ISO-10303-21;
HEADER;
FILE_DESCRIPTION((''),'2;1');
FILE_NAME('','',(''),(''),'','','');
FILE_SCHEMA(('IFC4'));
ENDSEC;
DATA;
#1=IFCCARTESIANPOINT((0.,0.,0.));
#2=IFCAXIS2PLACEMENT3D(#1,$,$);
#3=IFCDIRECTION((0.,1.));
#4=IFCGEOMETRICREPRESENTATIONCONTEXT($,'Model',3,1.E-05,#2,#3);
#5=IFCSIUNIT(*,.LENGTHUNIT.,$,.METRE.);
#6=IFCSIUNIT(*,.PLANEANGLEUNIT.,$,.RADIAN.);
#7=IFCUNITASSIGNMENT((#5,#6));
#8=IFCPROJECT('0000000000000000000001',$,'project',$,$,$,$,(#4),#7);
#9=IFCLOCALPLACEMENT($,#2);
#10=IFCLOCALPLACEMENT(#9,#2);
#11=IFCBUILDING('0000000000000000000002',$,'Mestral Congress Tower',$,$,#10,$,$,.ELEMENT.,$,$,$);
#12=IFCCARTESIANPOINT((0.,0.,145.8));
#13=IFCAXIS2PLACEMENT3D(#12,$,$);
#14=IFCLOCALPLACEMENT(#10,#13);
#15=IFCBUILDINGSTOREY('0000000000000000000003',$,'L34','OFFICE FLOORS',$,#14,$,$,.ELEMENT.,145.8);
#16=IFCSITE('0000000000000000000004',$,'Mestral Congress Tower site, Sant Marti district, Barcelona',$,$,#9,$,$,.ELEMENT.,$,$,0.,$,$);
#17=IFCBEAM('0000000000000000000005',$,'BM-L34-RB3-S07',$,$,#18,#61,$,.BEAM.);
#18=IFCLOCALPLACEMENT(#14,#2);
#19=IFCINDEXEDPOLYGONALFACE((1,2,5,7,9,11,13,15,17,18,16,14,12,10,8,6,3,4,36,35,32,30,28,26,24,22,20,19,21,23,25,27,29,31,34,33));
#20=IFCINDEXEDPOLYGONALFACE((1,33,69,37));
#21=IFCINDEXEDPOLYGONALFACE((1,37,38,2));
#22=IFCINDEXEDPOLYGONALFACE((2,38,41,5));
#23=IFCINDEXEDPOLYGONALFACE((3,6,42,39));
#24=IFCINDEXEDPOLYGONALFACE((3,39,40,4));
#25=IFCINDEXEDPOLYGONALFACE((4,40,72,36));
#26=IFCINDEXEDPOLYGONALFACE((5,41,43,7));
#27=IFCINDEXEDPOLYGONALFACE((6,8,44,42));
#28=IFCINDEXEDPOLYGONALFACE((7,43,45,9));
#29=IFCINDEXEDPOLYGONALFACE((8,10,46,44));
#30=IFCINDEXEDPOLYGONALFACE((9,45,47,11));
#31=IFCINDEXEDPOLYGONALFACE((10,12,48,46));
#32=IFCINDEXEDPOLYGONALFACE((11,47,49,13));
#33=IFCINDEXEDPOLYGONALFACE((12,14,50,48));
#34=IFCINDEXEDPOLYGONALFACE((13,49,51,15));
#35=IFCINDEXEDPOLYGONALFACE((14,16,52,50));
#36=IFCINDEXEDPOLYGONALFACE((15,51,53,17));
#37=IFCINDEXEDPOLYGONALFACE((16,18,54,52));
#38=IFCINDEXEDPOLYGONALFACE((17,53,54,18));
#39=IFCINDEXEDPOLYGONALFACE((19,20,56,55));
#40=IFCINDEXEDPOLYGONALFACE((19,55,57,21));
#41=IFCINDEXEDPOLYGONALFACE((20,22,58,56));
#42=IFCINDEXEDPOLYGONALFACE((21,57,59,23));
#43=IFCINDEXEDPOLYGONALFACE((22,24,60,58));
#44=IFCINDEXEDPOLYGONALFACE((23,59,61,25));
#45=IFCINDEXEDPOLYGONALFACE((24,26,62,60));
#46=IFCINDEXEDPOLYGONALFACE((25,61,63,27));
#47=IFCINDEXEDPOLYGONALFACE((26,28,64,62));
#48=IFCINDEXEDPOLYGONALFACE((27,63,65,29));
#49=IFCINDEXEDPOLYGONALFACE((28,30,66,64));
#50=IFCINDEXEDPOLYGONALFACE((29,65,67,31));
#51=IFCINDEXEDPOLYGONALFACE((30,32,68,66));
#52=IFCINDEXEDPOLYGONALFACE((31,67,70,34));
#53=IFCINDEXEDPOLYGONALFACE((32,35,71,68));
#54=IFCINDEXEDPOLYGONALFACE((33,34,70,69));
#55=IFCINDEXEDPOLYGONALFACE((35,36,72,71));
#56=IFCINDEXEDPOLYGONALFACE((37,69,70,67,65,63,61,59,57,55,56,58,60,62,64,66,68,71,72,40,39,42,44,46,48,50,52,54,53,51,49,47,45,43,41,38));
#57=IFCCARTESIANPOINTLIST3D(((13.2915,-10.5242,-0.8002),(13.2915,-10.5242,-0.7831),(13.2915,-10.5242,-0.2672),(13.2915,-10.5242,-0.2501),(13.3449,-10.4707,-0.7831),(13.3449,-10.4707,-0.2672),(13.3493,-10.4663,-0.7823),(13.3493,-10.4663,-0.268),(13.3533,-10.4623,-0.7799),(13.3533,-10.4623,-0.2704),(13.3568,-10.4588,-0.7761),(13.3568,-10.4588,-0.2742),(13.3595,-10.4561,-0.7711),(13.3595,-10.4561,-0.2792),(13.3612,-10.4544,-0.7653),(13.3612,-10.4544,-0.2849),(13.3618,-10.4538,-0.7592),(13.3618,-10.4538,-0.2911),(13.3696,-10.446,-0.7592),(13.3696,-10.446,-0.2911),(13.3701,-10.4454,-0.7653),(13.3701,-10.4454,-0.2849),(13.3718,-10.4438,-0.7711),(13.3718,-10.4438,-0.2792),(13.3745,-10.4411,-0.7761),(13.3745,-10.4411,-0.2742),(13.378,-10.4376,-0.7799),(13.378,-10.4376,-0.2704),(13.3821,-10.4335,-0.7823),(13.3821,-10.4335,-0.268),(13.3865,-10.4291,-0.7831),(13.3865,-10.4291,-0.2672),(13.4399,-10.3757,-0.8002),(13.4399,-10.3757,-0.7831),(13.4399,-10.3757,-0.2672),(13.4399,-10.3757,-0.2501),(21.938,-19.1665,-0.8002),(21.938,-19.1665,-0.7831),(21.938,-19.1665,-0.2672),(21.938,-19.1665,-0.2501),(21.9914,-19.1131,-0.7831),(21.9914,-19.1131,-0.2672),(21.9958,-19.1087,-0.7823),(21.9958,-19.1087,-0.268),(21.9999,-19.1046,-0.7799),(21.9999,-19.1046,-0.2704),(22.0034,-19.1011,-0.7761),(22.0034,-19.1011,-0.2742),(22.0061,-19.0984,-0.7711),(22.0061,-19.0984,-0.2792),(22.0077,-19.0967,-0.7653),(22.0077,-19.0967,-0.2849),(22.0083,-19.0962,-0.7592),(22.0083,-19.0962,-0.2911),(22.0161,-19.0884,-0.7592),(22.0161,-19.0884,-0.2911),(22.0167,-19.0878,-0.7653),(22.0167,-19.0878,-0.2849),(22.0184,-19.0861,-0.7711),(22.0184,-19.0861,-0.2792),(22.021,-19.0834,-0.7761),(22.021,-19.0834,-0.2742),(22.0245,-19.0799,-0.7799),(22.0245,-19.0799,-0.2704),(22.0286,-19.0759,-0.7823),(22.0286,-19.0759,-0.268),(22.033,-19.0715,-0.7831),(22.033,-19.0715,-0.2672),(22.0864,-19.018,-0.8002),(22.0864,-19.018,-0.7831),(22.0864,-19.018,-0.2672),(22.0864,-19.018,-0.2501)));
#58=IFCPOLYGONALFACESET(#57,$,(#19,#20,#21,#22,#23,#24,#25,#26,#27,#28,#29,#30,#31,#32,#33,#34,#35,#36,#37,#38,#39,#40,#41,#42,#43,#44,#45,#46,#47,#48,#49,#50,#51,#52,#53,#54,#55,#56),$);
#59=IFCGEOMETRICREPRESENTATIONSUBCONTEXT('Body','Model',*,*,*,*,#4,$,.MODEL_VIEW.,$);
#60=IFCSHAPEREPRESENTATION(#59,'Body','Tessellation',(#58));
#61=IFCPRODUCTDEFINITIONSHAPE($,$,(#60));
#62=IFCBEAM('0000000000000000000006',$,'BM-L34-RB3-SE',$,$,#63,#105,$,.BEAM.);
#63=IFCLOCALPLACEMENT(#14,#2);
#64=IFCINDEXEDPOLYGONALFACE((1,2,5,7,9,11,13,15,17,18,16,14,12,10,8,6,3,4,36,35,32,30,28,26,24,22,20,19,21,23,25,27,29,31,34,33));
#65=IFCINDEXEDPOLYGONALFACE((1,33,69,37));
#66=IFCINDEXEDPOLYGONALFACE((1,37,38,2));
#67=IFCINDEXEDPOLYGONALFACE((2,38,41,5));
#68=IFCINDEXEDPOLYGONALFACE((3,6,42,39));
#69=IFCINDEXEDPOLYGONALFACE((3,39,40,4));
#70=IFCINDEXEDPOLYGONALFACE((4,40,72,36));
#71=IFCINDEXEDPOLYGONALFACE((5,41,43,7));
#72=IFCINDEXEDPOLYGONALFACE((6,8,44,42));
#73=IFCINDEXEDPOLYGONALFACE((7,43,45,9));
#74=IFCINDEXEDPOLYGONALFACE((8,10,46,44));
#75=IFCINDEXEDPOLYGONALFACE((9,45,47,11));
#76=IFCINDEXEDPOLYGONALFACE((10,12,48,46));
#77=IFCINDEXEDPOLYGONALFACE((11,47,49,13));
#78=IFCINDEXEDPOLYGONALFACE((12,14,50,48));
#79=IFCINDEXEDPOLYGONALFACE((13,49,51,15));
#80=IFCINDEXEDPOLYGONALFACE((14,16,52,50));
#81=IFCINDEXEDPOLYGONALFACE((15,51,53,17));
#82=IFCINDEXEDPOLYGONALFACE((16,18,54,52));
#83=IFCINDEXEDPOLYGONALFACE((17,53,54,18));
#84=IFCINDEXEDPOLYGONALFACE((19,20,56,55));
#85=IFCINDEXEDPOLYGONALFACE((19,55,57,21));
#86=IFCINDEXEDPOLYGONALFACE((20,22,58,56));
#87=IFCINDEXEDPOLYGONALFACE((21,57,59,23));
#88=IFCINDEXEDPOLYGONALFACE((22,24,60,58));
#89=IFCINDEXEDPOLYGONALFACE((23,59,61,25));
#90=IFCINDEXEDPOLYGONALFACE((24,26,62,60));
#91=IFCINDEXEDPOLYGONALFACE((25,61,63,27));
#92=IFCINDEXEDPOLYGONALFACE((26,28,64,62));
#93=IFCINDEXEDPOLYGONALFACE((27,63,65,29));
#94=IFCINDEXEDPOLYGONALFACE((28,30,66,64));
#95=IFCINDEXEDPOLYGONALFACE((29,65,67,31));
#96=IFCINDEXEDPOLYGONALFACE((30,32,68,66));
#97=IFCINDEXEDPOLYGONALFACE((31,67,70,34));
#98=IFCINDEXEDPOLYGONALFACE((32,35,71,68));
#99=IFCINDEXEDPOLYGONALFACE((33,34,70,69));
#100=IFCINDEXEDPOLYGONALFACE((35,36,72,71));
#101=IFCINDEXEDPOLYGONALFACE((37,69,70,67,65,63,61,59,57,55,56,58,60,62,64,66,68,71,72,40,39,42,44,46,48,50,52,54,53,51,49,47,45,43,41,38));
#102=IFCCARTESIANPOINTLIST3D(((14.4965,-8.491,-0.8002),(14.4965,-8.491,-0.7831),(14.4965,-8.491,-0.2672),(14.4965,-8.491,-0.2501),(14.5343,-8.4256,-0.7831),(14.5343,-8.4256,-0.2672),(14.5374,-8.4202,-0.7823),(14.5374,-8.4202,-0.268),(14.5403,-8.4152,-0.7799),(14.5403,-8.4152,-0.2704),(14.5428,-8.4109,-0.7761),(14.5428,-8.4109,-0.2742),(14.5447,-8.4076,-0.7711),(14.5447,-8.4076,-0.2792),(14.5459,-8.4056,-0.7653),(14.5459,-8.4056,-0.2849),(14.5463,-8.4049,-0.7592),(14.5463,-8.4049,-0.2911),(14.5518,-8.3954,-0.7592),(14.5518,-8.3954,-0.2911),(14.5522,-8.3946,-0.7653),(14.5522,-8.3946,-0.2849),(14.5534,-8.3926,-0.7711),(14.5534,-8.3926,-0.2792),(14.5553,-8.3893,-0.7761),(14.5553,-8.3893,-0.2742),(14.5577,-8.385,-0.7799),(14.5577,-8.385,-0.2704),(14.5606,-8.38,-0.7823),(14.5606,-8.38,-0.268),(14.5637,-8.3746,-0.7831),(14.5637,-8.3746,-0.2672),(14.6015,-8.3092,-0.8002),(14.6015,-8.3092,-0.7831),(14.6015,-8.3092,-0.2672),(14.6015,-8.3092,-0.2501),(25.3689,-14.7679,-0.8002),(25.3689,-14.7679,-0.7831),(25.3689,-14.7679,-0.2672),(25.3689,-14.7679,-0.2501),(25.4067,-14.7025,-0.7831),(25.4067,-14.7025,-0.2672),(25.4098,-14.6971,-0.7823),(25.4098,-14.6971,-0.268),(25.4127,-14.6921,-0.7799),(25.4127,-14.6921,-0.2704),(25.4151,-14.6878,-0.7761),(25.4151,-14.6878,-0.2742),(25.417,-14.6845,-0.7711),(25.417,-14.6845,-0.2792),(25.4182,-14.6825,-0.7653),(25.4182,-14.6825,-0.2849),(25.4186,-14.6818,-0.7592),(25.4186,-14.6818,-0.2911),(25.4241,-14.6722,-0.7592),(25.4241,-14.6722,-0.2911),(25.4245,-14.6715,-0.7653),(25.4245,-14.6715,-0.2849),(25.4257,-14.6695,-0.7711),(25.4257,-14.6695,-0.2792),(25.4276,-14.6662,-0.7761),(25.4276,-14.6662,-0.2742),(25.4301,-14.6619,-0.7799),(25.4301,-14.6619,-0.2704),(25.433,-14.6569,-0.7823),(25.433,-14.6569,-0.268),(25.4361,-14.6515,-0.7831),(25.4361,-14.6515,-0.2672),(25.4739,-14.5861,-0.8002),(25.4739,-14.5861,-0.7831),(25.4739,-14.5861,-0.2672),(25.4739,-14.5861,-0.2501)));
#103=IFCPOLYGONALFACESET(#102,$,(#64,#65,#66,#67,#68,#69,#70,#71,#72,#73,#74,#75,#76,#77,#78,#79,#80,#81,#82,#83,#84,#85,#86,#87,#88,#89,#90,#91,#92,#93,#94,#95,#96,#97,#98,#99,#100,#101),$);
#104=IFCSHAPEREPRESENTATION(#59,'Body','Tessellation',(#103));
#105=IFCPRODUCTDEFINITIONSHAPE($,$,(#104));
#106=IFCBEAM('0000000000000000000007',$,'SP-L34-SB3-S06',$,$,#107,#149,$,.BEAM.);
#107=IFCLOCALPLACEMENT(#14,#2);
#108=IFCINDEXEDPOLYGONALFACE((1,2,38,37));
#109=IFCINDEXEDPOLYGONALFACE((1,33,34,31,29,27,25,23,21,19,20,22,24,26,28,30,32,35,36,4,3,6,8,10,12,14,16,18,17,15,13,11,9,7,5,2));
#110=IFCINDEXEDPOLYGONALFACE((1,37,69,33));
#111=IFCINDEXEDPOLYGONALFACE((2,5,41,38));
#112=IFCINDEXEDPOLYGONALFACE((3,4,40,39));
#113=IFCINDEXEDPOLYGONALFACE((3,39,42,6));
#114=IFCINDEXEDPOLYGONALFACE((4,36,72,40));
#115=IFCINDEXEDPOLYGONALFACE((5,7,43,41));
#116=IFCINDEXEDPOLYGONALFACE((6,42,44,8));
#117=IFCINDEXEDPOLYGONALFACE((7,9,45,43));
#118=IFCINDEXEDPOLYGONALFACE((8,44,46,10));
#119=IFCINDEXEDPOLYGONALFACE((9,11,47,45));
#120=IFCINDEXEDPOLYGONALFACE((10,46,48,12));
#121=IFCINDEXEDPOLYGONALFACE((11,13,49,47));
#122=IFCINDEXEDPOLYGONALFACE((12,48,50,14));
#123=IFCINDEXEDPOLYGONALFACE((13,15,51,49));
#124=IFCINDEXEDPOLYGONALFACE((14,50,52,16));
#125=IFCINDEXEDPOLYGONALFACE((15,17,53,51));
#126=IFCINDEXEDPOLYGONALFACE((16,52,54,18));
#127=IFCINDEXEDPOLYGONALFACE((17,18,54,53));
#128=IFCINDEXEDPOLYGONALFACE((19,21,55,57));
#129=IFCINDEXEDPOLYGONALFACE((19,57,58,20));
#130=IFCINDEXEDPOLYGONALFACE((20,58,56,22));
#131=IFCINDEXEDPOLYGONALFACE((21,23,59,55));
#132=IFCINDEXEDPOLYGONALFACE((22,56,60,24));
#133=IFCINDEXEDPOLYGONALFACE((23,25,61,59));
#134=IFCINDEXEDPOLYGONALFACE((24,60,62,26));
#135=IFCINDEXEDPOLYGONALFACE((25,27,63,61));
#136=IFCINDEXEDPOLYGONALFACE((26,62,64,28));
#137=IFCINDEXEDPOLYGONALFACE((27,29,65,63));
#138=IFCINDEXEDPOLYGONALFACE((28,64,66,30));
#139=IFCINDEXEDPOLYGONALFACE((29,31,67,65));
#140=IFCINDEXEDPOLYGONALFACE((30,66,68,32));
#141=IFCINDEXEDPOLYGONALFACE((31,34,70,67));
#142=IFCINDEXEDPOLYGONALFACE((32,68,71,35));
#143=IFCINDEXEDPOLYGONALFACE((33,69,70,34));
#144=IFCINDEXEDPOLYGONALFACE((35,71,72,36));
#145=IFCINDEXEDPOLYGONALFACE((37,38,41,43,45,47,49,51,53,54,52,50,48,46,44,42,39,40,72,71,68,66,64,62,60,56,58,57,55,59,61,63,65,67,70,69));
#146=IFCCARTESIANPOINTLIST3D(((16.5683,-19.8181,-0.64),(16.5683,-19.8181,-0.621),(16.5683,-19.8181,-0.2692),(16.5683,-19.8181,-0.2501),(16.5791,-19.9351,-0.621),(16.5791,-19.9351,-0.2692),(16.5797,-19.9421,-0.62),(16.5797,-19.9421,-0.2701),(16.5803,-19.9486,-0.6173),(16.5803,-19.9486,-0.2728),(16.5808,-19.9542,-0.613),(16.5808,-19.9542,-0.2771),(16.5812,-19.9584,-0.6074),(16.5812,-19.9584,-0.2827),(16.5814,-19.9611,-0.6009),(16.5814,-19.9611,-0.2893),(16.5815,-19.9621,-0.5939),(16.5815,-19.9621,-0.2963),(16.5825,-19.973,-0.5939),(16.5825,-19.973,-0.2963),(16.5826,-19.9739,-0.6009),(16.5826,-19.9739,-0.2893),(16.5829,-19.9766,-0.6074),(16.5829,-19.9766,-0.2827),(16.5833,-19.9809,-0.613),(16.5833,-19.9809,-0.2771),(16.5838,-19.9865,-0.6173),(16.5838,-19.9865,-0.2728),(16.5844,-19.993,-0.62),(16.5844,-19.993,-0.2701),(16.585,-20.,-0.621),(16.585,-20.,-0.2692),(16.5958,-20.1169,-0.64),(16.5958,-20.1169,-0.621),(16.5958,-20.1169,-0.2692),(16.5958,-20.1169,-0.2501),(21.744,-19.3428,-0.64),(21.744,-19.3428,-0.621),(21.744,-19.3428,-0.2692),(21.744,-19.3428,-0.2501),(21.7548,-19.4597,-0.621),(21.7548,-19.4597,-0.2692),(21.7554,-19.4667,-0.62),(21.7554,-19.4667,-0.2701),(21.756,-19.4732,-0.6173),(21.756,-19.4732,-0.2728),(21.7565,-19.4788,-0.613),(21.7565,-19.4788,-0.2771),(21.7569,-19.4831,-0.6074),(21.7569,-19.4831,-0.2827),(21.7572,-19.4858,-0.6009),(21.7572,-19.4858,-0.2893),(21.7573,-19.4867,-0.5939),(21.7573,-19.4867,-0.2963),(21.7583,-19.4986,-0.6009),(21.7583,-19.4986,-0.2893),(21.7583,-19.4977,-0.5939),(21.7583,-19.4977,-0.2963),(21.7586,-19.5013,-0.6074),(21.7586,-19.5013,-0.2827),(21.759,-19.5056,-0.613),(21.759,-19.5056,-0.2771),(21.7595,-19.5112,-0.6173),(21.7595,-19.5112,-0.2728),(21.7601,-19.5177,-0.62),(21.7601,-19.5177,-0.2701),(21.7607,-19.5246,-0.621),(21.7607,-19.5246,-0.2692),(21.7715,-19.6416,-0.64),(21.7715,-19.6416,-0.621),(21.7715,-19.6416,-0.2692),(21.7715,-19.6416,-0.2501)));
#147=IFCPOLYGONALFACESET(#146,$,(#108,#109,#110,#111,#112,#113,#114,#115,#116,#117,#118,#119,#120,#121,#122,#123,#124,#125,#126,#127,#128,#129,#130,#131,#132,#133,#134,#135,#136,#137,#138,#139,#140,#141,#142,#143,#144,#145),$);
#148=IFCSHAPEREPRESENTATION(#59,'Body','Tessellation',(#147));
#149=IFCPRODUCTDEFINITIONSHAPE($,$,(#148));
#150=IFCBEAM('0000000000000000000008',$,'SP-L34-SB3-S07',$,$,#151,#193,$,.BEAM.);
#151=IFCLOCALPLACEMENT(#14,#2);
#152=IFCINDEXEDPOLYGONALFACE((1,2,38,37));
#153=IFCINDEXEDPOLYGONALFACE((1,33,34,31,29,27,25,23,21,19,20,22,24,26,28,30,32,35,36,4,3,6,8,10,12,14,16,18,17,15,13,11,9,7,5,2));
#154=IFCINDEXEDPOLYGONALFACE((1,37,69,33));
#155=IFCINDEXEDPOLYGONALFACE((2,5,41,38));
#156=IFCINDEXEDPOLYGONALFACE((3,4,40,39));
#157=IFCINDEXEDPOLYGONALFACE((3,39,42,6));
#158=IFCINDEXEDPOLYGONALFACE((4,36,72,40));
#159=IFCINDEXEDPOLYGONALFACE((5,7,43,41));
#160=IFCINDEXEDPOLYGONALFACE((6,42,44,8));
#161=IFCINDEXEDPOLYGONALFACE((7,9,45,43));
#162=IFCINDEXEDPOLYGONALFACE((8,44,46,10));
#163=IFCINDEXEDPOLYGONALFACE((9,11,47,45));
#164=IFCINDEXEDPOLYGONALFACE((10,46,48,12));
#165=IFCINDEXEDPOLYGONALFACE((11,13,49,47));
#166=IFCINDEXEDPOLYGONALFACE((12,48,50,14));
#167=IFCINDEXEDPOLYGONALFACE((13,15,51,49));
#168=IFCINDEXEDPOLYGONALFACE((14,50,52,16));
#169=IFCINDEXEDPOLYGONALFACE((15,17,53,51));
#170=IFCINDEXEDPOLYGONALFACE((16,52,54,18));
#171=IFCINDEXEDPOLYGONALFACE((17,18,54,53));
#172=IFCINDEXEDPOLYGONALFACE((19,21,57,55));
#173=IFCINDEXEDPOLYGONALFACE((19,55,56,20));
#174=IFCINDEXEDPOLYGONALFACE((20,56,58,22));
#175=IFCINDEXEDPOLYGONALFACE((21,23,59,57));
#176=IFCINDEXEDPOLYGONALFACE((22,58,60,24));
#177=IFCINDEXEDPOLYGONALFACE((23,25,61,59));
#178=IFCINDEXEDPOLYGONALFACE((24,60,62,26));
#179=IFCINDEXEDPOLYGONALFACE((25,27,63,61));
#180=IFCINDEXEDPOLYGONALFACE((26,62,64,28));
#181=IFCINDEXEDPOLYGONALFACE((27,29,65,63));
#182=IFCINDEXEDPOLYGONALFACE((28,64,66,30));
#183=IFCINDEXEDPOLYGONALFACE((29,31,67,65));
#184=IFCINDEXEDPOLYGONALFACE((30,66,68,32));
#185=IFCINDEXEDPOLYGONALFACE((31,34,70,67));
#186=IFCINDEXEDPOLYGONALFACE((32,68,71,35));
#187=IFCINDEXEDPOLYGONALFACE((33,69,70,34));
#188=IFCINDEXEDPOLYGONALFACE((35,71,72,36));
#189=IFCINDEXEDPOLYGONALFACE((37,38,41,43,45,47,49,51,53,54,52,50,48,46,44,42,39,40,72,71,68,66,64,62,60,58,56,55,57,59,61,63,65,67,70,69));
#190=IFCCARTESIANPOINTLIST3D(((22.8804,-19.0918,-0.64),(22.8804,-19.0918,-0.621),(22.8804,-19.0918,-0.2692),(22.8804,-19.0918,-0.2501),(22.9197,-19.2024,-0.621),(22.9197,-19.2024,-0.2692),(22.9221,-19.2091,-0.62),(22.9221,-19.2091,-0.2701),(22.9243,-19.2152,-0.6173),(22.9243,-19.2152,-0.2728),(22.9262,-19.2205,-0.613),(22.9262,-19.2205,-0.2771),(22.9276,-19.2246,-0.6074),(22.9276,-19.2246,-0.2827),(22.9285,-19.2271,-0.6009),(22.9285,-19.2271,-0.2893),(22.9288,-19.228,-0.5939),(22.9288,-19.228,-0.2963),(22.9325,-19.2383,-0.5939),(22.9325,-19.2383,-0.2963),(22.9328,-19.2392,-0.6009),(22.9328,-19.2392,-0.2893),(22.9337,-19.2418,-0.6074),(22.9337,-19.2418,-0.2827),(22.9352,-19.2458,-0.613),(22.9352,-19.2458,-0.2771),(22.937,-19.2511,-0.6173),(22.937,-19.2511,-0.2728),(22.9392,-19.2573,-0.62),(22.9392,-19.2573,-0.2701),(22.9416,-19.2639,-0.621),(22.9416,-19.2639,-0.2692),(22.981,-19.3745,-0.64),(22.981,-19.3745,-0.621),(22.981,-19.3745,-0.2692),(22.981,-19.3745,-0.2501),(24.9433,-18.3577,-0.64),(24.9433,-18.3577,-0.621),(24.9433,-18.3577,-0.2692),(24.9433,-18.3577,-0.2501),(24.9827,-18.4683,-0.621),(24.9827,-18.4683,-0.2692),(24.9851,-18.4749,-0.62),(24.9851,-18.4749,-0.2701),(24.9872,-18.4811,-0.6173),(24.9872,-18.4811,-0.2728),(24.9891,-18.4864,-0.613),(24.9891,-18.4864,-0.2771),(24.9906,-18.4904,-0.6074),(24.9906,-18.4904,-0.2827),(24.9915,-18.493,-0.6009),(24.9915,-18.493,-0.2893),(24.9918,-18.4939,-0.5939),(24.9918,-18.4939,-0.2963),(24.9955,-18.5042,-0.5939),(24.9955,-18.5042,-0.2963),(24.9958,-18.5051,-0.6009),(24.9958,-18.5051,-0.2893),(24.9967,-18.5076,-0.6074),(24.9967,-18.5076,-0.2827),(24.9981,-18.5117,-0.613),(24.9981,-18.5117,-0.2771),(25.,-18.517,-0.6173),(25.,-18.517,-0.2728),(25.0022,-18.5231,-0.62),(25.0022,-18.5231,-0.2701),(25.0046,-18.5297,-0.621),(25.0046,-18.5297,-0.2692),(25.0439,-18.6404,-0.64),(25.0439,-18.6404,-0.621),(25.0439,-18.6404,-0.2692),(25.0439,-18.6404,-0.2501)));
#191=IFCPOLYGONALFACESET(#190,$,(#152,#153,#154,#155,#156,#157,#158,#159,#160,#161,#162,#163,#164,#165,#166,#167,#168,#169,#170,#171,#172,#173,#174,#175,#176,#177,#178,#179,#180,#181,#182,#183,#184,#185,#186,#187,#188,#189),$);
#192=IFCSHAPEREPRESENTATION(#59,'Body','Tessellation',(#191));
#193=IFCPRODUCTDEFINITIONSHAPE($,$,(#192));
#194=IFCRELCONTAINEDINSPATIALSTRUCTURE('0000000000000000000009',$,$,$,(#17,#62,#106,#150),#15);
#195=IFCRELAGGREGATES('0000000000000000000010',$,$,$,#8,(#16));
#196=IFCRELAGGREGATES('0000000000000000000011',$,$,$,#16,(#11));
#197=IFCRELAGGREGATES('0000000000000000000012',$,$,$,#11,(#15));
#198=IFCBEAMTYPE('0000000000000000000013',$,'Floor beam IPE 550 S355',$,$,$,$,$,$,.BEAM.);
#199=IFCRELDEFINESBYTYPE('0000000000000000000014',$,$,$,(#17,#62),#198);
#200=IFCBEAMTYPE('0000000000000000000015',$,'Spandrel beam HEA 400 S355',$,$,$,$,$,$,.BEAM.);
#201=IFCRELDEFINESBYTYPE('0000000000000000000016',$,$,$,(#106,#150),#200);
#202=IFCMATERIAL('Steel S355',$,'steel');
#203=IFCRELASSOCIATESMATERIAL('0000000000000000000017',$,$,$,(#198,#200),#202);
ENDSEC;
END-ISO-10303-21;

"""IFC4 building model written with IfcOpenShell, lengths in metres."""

from ifc_helpers import new_model, si_unit, direction, frame, origin, origin_2d, place, context, subcontext, project, spatial, i_section, extrude, material, material_profile, profile_set, type_object, element, save


model = new_model("IFC4")

# Units and contexts
model_context = context("Model", 3, precision=1e-05, world=origin(), true_north=direction((0.0, 1.0)))
body_context = subcontext(model_context, "Body", "Model", "MODEL_VIEW")
ifc_project = project(units=[si_unit("LENGTHUNIT", "METRE"), si_unit("PLANEANGLEUNIT", "RADIAN")], contexts=[model_context])

# Site, building, storey
site_placement = place(None, origin())
site = spatial("IfcSite", under=ifc_project, at=site_placement, Name="Mestral Congress Tower site, Sant Marti district, Barcelona", CompositionType="ELEMENT", RefElevation=0.0)
building_placement = place(site_placement, origin())
building = spatial("IfcBuilding", under=site, at=building_placement, Name="Mestral Congress Tower", CompositionType="ELEMENT")
storey_placement = place(building_placement, frame((0.0, 0.0, 145.8)))
storey = spatial("IfcBuildingStorey", under=building, at=storey_placement, Name="L34", Description="OFFICE FLOORS", CompositionType="ELEMENT", Elevation=145.8)

# Beams
ifc_material_1 = material(Name="Steel S355", Category="steel")
ifc_material_profile_1 = material_profile(ifc_material_1, i_section(OverallWidth=0.21, OverallDepth=0.55, WebThickness=0.011, FlangeThickness=0.0171, FilletRadius=0.0239, at=origin_2d()), Name="IPE 550")
ifc_profile_set_1 = profile_set([ifc_material_profile_1], Name="Steel S355")
beam_type_1 = type_object("IfcBeamType", Name="Floor beam IPE 550 S355", PredefinedType="BEAM", material=ifc_profile_set_1)
beam_1_placement = place(storey_placement, frame((22.0122, -19.0923, -0.5251), z_axis=(-0.707277, 0.706937, 0.0), x_axis=(-0.706937, -0.707277, 0.0)))
element("IfcBeam", 1, at=beam_1_placement, inside=storey, type_object=beam_type_1, Name="BM-L34-RB3-S07", PredefinedType="BEAM", context=body_context, shape_type="SweptSolid", body=[
    extrude(i_section(OverallWidth=0.21, OverallDepth=0.55, WebThickness=0.011, FlangeThickness=0.0171, FilletRadius=0.0239, at=origin_2d()), origin(), (0.0, 0.0, 1.0), 12.2251),
])
beam_2_placement = place(storey_placement, frame((25.4214, -14.677, -0.5251), z_axis=(-0.866035, 0.499983, 0.0), x_axis=(-0.499983, -0.866035, 0.0)))
element("IfcBeam", 2, at=beam_2_placement, inside=storey, type_object=beam_type_1, Name="BM-L34-RB3-SE", PredefinedType="BEAM", context=body_context, shape_type="SweptSolid", body=[
    extrude(i_section(OverallWidth=0.21, OverallDepth=0.55, WebThickness=0.011, FlangeThickness=0.0171, FilletRadius=0.0239, at=origin_2d()), origin(), (0.0, 0.0, 1.0), 12.5542),
])
ifc_material_profile_2 = material_profile(ifc_material_1, i_section(OverallWidth=0.3, OverallDepth=0.3899, WebThickness=0.011, FlangeThickness=0.019, FilletRadius=0.0271, at=origin_2d()), Name="HEA 400")
ifc_profile_set_2 = profile_set([ifc_material_profile_2], Name="Steel S355")
beam_type_2 = type_object("IfcBeamType", Name="Spandrel beam HEA 400 S355", PredefinedType="BEAM", material=ifc_profile_set_2)
beam_3_placement = place(storey_placement, frame((16.582, -19.9675, -0.4451), z_axis=(0.995809, 0.091455, 0.0), x_axis=(-0.091455, 0.995809, 0.0)))
element("IfcBeam", 3, at=beam_3_placement, inside=storey, type_object=beam_type_2, Name="SP-L34-SB3-S06", PredefinedType="BEAM", context=body_context, shape_type="SweptSolid", body=[
    extrude(i_section(OverallWidth=0.3, OverallDepth=0.3899, WebThickness=0.011, FlangeThickness=0.019, FilletRadius=0.0271, at=origin_2d()), origin(), (0.0, 0.0, 1.0), 5.1975),
])
beam_4_placement = place(storey_placement, frame((22.9307, -19.2332, -0.4451), z_axis=(0.942125, 0.335263, 0.0), x_axis=(-0.335263, 0.942125, 0.0)))
element("IfcBeam", 4, at=beam_4_placement, inside=storey, type_object=beam_type_2, Name="SP-L34-SB3-S07", PredefinedType="BEAM", context=body_context, shape_type="SweptSolid", body=[
    extrude(i_section(OverallWidth=0.3, OverallDepth=0.3899, WebThickness=0.011, FlangeThickness=0.019, FilletRadius=0.0271, at=origin_2d()), origin(), (0.0, 0.0, 1.0), 2.1897),
])

save(model, "model.ifc")
